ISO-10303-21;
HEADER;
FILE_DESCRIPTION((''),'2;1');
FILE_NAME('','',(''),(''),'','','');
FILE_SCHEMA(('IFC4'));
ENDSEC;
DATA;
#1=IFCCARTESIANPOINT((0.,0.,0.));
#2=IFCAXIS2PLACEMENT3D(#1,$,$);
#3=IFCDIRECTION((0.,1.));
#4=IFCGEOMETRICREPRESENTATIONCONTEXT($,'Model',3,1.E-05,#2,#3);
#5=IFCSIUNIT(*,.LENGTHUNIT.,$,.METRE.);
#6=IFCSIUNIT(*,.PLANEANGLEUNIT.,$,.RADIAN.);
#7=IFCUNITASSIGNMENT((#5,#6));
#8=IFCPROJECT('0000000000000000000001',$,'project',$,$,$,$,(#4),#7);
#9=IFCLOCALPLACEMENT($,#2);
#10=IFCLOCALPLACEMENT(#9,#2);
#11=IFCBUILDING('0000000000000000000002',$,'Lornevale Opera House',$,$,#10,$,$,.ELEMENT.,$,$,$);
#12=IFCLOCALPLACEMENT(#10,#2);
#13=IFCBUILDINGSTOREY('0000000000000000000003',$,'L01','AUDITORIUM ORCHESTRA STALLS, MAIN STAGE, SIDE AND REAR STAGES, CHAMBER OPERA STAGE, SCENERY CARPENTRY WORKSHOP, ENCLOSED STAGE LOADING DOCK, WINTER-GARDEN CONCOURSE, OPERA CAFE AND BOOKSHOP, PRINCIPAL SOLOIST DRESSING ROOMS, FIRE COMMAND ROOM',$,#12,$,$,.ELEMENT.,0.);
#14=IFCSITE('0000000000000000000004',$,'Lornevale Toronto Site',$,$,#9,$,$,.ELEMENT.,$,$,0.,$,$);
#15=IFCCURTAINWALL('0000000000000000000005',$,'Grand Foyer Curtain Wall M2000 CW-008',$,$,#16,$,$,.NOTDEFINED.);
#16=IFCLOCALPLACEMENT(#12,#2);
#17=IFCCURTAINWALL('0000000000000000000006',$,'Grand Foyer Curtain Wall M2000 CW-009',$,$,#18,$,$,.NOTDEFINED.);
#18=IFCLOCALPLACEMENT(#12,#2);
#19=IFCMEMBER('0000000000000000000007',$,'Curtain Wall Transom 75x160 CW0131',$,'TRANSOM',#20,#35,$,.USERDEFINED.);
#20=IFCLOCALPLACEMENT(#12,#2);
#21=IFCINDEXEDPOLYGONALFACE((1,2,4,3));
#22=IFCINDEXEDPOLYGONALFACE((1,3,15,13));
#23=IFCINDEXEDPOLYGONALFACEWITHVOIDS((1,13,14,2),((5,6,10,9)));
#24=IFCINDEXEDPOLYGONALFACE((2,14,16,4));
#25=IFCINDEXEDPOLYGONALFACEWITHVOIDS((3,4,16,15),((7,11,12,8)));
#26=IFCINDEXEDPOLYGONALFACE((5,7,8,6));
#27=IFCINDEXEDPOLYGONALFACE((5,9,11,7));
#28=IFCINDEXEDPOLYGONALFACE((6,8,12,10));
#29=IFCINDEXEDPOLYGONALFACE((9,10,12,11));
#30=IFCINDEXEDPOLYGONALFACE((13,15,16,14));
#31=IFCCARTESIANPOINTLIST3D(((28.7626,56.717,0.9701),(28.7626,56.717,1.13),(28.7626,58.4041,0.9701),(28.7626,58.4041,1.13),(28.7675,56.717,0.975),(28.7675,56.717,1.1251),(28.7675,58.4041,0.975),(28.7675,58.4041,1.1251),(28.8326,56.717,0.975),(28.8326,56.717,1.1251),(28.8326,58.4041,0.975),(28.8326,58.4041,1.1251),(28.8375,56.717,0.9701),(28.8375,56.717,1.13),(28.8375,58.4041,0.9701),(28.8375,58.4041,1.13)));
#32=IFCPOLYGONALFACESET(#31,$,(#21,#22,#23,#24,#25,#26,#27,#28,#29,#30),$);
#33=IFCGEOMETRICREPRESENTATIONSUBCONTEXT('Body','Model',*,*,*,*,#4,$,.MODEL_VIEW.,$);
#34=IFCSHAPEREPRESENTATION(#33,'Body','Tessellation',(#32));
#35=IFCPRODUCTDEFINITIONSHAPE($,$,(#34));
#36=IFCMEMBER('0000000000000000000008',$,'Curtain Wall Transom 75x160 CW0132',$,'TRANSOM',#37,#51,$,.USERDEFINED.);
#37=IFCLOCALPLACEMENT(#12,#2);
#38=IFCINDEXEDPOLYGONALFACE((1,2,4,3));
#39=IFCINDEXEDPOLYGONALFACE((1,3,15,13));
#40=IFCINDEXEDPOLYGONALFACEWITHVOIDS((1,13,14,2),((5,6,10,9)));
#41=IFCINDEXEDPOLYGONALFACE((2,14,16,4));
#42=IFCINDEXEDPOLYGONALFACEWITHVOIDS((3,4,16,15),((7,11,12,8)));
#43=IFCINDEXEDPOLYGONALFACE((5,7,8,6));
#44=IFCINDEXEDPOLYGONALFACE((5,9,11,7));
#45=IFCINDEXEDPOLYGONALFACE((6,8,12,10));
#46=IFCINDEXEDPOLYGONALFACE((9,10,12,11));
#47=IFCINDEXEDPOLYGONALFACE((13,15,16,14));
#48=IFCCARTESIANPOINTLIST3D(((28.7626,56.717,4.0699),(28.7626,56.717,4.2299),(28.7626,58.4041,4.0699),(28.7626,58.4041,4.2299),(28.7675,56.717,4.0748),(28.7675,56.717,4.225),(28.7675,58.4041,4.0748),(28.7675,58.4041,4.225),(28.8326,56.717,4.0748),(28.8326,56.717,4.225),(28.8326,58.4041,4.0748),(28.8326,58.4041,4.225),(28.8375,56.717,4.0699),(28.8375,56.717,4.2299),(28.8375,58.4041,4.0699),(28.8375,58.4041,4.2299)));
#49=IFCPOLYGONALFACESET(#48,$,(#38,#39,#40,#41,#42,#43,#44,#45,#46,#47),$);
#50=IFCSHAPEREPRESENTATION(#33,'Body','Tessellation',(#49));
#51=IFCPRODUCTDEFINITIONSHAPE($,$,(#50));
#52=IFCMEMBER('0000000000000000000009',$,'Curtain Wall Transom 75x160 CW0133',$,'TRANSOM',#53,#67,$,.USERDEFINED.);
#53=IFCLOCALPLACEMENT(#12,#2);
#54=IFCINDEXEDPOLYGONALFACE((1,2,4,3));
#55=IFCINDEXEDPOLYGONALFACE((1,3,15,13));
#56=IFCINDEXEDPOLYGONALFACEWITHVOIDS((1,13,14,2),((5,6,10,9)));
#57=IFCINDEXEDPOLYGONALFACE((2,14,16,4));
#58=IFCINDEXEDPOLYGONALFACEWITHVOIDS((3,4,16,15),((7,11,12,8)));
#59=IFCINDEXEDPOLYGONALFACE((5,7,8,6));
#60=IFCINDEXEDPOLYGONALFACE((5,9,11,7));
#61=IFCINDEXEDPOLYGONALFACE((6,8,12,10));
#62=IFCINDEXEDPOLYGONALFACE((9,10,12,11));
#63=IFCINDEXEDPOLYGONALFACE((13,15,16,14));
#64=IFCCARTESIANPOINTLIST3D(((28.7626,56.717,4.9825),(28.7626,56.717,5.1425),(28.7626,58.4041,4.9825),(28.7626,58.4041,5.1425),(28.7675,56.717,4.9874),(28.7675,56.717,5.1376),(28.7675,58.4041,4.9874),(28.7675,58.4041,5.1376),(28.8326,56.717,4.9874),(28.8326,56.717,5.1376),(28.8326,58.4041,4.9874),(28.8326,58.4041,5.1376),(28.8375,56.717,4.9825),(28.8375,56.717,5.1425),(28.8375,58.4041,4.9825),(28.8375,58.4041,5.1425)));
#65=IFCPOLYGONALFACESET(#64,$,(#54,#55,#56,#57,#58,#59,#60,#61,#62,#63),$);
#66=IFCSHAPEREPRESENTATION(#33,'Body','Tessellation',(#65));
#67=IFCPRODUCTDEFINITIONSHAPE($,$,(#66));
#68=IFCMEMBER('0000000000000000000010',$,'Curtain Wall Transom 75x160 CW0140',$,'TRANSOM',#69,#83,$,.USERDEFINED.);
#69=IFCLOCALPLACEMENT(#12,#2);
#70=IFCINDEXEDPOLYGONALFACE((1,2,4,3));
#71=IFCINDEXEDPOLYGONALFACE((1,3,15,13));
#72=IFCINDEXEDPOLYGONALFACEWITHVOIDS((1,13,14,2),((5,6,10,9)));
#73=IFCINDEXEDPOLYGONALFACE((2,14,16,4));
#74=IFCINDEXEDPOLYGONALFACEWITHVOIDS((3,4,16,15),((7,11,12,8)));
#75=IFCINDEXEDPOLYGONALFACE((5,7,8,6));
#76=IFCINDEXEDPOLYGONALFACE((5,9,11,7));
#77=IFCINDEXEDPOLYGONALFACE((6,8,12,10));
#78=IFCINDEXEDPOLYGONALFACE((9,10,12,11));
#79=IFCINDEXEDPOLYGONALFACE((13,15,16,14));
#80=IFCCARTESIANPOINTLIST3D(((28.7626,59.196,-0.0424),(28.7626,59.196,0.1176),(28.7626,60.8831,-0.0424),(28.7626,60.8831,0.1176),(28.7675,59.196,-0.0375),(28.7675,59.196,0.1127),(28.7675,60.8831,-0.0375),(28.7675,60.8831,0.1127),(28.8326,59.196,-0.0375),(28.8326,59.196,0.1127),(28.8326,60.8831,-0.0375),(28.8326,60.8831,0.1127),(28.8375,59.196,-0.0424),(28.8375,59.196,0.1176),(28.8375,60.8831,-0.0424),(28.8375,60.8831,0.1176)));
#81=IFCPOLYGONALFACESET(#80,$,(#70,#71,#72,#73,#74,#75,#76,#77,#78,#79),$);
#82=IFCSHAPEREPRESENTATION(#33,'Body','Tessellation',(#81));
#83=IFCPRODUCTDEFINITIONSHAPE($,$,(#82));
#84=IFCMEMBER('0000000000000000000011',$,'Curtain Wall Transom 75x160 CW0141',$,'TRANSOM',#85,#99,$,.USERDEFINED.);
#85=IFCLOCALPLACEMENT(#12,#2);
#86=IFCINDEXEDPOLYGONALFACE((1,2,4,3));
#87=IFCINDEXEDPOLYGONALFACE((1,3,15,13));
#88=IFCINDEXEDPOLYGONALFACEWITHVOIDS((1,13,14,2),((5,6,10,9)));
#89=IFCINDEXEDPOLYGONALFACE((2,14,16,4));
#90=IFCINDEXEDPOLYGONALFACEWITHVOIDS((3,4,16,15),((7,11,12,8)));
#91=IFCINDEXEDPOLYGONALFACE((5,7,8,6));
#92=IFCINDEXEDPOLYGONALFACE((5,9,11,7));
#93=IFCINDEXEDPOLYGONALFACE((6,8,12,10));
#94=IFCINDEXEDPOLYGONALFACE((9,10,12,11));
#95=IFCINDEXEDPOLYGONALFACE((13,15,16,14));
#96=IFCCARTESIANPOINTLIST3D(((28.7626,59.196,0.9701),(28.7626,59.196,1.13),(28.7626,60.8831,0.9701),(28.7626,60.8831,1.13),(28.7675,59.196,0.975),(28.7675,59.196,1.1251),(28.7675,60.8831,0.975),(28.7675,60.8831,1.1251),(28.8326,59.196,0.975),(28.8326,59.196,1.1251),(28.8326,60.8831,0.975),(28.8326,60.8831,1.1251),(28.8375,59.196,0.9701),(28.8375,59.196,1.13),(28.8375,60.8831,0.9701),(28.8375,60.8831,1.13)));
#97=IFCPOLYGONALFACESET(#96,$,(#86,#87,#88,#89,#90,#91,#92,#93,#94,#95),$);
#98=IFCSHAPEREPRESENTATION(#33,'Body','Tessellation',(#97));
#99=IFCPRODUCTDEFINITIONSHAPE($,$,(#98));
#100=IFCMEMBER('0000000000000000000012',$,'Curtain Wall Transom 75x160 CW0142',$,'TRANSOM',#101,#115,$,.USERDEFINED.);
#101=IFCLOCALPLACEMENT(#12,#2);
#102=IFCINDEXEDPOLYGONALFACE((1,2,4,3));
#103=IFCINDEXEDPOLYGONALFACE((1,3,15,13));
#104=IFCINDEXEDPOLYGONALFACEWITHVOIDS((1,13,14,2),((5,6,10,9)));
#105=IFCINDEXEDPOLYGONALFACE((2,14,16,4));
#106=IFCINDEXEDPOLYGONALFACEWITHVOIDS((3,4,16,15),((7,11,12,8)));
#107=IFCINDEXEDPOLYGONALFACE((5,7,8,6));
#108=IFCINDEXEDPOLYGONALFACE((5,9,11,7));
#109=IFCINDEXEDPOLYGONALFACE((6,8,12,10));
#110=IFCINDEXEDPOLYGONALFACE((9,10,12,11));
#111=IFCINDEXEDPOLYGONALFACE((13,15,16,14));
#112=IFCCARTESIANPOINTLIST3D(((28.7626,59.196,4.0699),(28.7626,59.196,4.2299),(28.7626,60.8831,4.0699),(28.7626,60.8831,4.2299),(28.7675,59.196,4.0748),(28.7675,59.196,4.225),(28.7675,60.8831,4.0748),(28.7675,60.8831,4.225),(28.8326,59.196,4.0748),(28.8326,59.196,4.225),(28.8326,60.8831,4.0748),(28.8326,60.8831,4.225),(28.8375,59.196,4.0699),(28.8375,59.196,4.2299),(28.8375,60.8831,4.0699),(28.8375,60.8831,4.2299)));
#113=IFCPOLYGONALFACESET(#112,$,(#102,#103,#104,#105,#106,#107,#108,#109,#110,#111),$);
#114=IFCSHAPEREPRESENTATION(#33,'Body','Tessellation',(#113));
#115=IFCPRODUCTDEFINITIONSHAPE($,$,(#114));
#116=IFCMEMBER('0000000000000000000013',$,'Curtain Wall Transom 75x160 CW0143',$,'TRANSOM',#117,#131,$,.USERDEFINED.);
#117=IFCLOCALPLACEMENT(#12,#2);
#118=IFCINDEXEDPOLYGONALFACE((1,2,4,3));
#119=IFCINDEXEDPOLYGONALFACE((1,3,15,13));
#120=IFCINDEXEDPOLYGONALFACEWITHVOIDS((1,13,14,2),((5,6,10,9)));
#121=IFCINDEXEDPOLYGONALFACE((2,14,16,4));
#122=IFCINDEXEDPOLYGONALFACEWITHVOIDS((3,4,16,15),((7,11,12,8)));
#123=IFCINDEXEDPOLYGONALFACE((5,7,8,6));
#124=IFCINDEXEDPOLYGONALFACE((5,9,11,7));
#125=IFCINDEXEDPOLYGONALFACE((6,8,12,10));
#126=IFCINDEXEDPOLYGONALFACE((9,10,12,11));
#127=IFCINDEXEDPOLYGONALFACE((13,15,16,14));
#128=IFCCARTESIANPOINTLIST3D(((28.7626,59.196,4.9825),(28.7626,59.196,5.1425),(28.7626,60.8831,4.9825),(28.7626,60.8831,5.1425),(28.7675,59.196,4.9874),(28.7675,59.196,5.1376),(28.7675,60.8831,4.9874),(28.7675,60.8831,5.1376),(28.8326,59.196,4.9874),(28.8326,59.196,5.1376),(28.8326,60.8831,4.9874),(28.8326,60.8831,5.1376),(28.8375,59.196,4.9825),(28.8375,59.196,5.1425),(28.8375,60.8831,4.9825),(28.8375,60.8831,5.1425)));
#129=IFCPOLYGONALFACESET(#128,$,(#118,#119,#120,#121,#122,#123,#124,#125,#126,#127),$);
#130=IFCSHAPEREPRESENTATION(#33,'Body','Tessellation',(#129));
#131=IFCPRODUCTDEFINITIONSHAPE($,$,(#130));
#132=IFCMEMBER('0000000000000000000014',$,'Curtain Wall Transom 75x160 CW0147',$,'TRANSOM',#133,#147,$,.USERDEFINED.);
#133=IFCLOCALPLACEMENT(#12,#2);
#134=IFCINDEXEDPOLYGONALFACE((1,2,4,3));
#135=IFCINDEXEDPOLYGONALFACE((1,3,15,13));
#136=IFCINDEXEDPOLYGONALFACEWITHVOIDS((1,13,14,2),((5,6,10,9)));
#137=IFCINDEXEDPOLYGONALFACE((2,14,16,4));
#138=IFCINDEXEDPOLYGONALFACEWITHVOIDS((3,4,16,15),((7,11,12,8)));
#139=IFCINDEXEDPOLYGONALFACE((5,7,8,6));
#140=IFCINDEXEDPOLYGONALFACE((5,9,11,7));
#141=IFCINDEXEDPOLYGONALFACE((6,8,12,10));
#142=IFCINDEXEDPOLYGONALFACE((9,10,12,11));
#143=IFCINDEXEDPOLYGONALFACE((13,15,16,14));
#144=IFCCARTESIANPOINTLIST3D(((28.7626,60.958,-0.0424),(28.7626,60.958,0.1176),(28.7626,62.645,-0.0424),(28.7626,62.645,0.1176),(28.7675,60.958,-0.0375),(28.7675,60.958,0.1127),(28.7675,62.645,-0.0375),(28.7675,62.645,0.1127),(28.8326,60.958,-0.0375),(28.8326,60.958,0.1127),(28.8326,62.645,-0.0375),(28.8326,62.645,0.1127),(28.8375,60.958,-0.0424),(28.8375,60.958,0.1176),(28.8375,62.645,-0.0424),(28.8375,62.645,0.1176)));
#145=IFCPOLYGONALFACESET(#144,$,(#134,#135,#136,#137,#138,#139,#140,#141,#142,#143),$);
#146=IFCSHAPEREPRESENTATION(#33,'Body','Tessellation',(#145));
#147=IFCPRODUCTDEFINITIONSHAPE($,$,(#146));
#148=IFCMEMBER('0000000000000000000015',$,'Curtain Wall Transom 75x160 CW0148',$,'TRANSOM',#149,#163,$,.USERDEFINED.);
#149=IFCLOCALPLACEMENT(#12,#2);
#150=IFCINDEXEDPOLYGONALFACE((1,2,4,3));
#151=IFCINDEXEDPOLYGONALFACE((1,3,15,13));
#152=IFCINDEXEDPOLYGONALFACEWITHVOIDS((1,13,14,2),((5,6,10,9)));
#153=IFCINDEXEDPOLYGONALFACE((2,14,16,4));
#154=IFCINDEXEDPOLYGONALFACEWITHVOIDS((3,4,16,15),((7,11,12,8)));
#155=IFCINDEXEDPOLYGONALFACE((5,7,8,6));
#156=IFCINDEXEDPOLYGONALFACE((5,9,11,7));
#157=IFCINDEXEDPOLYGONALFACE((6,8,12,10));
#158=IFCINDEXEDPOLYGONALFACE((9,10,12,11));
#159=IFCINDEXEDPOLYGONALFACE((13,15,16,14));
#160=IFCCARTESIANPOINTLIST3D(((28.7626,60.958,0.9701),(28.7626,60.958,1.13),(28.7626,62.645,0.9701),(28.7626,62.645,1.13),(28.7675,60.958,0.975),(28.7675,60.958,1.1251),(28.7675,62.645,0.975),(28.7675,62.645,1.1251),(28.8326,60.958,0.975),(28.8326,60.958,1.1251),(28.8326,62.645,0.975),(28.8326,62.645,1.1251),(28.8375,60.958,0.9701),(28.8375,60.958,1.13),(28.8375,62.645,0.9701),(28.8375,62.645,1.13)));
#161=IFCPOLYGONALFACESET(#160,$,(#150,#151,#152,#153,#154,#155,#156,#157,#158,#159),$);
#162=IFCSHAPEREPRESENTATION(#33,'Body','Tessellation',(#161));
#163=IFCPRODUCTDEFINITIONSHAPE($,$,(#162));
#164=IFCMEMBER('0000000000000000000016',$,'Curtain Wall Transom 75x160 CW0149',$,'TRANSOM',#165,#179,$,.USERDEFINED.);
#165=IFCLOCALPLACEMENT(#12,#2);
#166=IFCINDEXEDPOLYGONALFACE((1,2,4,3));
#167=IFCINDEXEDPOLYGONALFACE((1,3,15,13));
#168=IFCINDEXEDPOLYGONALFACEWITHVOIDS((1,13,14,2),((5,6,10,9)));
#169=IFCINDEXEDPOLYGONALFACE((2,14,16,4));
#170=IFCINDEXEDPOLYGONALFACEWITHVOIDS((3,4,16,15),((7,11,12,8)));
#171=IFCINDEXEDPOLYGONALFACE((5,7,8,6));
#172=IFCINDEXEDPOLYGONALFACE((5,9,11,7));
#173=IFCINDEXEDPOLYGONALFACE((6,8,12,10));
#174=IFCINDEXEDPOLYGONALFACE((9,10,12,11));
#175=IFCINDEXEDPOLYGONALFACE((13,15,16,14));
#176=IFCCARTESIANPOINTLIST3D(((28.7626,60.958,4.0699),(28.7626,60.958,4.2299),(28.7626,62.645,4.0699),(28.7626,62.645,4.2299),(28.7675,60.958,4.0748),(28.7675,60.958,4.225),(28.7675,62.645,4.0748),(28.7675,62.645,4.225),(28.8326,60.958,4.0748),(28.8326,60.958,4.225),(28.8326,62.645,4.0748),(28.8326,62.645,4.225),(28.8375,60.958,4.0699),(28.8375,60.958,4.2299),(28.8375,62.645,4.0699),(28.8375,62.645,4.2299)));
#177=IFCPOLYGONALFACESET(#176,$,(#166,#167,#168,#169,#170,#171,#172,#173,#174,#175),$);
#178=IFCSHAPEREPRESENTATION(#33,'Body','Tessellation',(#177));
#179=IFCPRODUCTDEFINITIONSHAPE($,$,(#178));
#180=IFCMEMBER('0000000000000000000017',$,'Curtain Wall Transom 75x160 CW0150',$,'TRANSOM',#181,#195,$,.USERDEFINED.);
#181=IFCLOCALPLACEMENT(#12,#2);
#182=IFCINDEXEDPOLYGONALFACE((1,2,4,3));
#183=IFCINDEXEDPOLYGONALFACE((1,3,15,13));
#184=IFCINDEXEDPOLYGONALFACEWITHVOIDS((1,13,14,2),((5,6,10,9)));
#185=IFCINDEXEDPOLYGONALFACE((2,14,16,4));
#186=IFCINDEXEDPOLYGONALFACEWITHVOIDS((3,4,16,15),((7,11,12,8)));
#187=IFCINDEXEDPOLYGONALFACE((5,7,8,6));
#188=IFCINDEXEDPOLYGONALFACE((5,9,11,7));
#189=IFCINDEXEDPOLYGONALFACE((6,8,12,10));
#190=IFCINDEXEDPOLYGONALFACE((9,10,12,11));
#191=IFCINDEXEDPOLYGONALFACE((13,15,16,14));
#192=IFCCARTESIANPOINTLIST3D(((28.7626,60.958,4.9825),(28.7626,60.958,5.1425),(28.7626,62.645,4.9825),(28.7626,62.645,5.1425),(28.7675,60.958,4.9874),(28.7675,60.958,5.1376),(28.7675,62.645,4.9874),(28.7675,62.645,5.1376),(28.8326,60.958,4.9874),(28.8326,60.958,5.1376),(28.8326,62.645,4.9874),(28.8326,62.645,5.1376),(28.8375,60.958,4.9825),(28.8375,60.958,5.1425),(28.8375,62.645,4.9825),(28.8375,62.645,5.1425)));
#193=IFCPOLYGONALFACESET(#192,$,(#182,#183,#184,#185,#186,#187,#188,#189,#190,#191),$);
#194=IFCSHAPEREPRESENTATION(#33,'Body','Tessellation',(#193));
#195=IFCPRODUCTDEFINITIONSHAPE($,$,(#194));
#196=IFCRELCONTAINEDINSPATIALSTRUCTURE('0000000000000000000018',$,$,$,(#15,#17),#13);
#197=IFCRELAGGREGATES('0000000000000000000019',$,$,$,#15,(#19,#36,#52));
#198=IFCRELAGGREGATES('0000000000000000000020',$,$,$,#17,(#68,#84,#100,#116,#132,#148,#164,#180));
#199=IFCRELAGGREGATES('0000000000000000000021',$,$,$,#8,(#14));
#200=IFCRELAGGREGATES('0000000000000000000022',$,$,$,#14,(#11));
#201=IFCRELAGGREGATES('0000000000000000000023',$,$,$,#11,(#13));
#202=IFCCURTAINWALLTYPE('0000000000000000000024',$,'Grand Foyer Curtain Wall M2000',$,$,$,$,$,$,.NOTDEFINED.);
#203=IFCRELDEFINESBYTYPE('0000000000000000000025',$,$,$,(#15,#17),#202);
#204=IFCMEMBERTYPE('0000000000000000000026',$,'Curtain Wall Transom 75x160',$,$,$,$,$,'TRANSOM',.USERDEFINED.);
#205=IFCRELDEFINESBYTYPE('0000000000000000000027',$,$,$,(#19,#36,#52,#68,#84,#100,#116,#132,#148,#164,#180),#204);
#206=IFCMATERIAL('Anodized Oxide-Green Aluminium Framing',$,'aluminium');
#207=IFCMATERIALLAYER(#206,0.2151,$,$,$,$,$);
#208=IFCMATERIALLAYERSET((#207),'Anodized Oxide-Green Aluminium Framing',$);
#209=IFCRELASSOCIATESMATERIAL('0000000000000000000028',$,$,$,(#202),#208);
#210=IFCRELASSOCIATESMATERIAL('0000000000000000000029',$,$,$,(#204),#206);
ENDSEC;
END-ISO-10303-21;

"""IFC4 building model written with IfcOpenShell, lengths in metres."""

from ifc_helpers import new_model, si_unit, direction, frame, origin, origin_2d, place, context, subcontext, project, spatial, hollow_rectangle, extrude, material, layer, layer_set, material_profile, profile_set, type_object, element, aggregate, save


model = new_model("IFC4")

# Units and contexts
model_context = context("Model", 3, precision=1e-05, world=origin(), true_north=direction((0.0, 1.0)))
body_context = subcontext(model_context, "Body", "Model", "MODEL_VIEW")
ifc_project = project(units=[si_unit("LENGTHUNIT", "METRE"), si_unit("PLANEANGLEUNIT", "RADIAN")], contexts=[model_context])

# Site, building, storey
site_placement = place(None, origin())
site = spatial("IfcSite", under=ifc_project, at=site_placement, Name="Lornevale Toronto Site", CompositionType="ELEMENT", RefElevation=0.0)
building_placement = place(site_placement, origin())
building = spatial("IfcBuilding", under=site, at=building_placement, Name="Lornevale Opera House", CompositionType="ELEMENT")
storey_placement = place(building_placement, origin())
storey = spatial("IfcBuildingStorey", under=building, at=storey_placement, Name="L01", Description="AUDITORIUM ORCHESTRA STALLS, MAIN STAGE, SIDE AND REAR STAGES, CHAMBER OPERA STAGE, SCENERY CARPENTRY WORKSHOP, ENCLOSED STAGE LOADING DOCK, WINTER-GARDEN CONCOURSE, OPERA CAFE AND BOOKSHOP, PRINCIPAL SOLOIST DRESSING ROOMS, FIRE COMMAND ROOM", CompositionType="ELEMENT", Elevation=0.0)

# Curtain walls
ifc_material_1 = material(Name="Anodized Oxide-Green Aluminium Framing", Category="aluminium")
ifc_layer_1 = layer(ifc_material_1, 0.2151)
ifc_layer_set_1 = layer_set([ifc_layer_1], Name="Anodized Oxide-Green Aluminium Framing")
curtain_wall_type = type_object("IfcCurtainWallType", Name="Grand Foyer Curtain Wall M2000", PredefinedType="NOTDEFINED", material=ifc_layer_set_1)
curtain_wall_1_placement = place(storey_placement, origin())
curtain_wall_1 = element("IfcCurtainWall", 1, at=curtain_wall_1_placement, inside=storey, type_object=curtain_wall_type, Name="Grand Foyer Curtain Wall M2000 CW-008", PredefinedType="NOTDEFINED")
curtain_wall_2_placement = place(storey_placement, origin())
curtain_wall_2 = element("IfcCurtainWall", 2, at=curtain_wall_2_placement, inside=storey, type_object=curtain_wall_type, Name="Grand Foyer Curtain Wall M2000 CW-009", PredefinedType="NOTDEFINED")

# Members
ifc_material_profile_1 = material_profile(ifc_material_1, hollow_rectangle(XDim=0.075, YDim=0.1599, WallThickness=0.0049, at=origin_2d()), Name="ALU75x160x5")
ifc_profile_set_1 = profile_set([ifc_material_profile_1], Name="Anodized Oxide-Green Aluminium Framing")
member_type_1 = type_object("IfcMemberType", Name="Curtain Wall Transom 75x160", ElementType="TRANSOM", PredefinedType="USERDEFINED", material=ifc_profile_set_1)
member_1_placement = place(storey_placement, frame((28.8, 56.717, 1.05), z_axis=(0.0, 1.0, 0.0), x_axis=(-1.0, 0.0, 0.0)))
member_1 = element("IfcMember", 3, at=member_1_placement, type_object=member_type_1, Name="Curtain Wall Transom 75x160 CW0131", ObjectType="TRANSOM", PredefinedType="USERDEFINED", context=body_context, shape_type="SweptSolid", body=[
    extrude(hollow_rectangle(XDim=0.075, YDim=0.1599, WallThickness=0.0049, at=origin_2d()), origin(), (0.0, 0.0, 1.0), 1.687),
])
member_2_placement = place(storey_placement, frame((28.8, 56.717, 4.1499), z_axis=(0.0, 1.0, 0.0), x_axis=(-1.0, 0.0, 0.0)))
member_2 = element("IfcMember", 4, at=member_2_placement, type_object=member_type_1, Name="Curtain Wall Transom 75x160 CW0132", ObjectType="TRANSOM", PredefinedType="USERDEFINED", context=body_context, shape_type="SweptSolid", body=[
    extrude(hollow_rectangle(XDim=0.075, YDim=0.1599, WallThickness=0.0049, at=origin_2d()), origin(), (0.0, 0.0, 1.0), 1.687),
])
member_3_placement = place(storey_placement, frame((28.8, 56.717, 5.0625), z_axis=(0.0, 1.0, 0.0), x_axis=(-1.0, 0.0, 0.0)))
member_3 = element("IfcMember", 5, at=member_3_placement, type_object=member_type_1, Name="Curtain Wall Transom 75x160 CW0133", ObjectType="TRANSOM", PredefinedType="USERDEFINED", context=body_context, shape_type="SweptSolid", body=[
    extrude(hollow_rectangle(XDim=0.075, YDim=0.1599, WallThickness=0.0049, at=origin_2d()), origin(), (0.0, 0.0, 1.0), 1.687),
])
member_4_placement = place(storey_placement, frame((28.8, 59.196, 0.0376), z_axis=(0.0, 1.0, 0.0), x_axis=(-1.0, 0.0, 0.0)))
member_4 = element("IfcMember", 6, at=member_4_placement, type_object=member_type_1, Name="Curtain Wall Transom 75x160 CW0140", ObjectType="TRANSOM", PredefinedType="USERDEFINED", context=body_context, shape_type="SweptSolid", body=[
    extrude(hollow_rectangle(XDim=0.075, YDim=0.1599, WallThickness=0.0049, at=origin_2d()), origin(), (0.0, 0.0, 1.0), 1.687),
])
member_5_placement = place(storey_placement, frame((28.8, 59.196, 1.05), z_axis=(0.0, 1.0, 0.0), x_axis=(-1.0, 0.0, 0.0)))
member_5 = element("IfcMember", 7, at=member_5_placement, type_object=member_type_1, Name="Curtain Wall Transom 75x160 CW0141", ObjectType="TRANSOM", PredefinedType="USERDEFINED", context=body_context, shape_type="SweptSolid", body=[
    extrude(hollow_rectangle(XDim=0.075, YDim=0.1599, WallThickness=0.0049, at=origin_2d()), origin(), (0.0, 0.0, 1.0), 1.687),
])
member_6_placement = place(storey_placement, frame((28.8, 59.196, 4.1499), z_axis=(0.0, 1.0, 0.0), x_axis=(-1.0, 0.0, 0.0)))
member_6 = element("IfcMember", 8, at=member_6_placement, type_object=member_type_1, Name="Curtain Wall Transom 75x160 CW0142", ObjectType="TRANSOM", PredefinedType="USERDEFINED", context=body_context, shape_type="SweptSolid", body=[
    extrude(hollow_rectangle(XDim=0.075, YDim=0.1599, WallThickness=0.0049, at=origin_2d()), origin(), (0.0, 0.0, 1.0), 1.687),
])
member_7_placement = place(storey_placement, frame((28.8, 59.196, 5.0625), z_axis=(0.0, 1.0, 0.0), x_axis=(-1.0, 0.0, 0.0)))
member_7 = element("IfcMember", 9, at=member_7_placement, type_object=member_type_1, Name="Curtain Wall Transom 75x160 CW0143", ObjectType="TRANSOM", PredefinedType="USERDEFINED", context=body_context, shape_type="SweptSolid", body=[
    extrude(hollow_rectangle(XDim=0.075, YDim=0.1599, WallThickness=0.0049, at=origin_2d()), origin(), (0.0, 0.0, 1.0), 1.687),
])
member_8_placement = place(storey_placement, frame((28.8, 60.958, 0.0376), z_axis=(0.0, 1.0, 0.0), x_axis=(-1.0, 0.0, 0.0)))
member_8 = element("IfcMember", 10, at=member_8_placement, type_object=member_type_1, Name="Curtain Wall Transom 75x160 CW0147", ObjectType="TRANSOM", PredefinedType="USERDEFINED", context=body_context, shape_type="SweptSolid", body=[
    extrude(hollow_rectangle(XDim=0.075, YDim=0.1599, WallThickness=0.0049, at=origin_2d()), origin(), (0.0, 0.0, 1.0), 1.687),
])
member_9_placement = place(storey_placement, frame((28.8, 60.958, 1.05), z_axis=(0.0, 1.0, 0.0), x_axis=(-1.0, 0.0, 0.0)))
member_9 = element("IfcMember", 11, at=member_9_placement, type_object=member_type_1, Name="Curtain Wall Transom 75x160 CW0148", ObjectType="TRANSOM", PredefinedType="USERDEFINED", context=body_context, shape_type="SweptSolid", body=[
    extrude(hollow_rectangle(XDim=0.075, YDim=0.1599, WallThickness=0.0049, at=origin_2d()), origin(), (0.0, 0.0, 1.0), 1.687),
])
member_10_placement = place(storey_placement, frame((28.8, 60.958, 4.1499), z_axis=(0.0, 1.0, 0.0), x_axis=(-1.0, 0.0, 0.0)))
member_10 = element("IfcMember", 12, at=member_10_placement, type_object=member_type_1, Name="Curtain Wall Transom 75x160 CW0149", ObjectType="TRANSOM", PredefinedType="USERDEFINED", context=body_context, shape_type="SweptSolid", body=[
    extrude(hollow_rectangle(XDim=0.075, YDim=0.1599, WallThickness=0.0049, at=origin_2d()), origin(), (0.0, 0.0, 1.0), 1.687),
])
member_11_placement = place(storey_placement, frame((28.8, 60.958, 5.0625), z_axis=(0.0, 1.0, 0.0), x_axis=(-1.0, 0.0, 0.0)))
member_11 = element("IfcMember", 13, at=member_11_placement, type_object=member_type_1, Name="Curtain Wall Transom 75x160 CW0150", ObjectType="TRANSOM", PredefinedType="USERDEFINED", context=body_context, shape_type="SweptSolid", body=[
    extrude(hollow_rectangle(XDim=0.075, YDim=0.1599, WallThickness=0.0049, at=origin_2d()), origin(), (0.0, 0.0, 1.0), 1.687),
])

aggregate(curtain_wall_1, [member_1, member_2, member_3])
aggregate(curtain_wall_2, [member_4, member_5, member_6, member_7, member_8, member_9, member_10, member_11])

save(model, "model.ifc")
